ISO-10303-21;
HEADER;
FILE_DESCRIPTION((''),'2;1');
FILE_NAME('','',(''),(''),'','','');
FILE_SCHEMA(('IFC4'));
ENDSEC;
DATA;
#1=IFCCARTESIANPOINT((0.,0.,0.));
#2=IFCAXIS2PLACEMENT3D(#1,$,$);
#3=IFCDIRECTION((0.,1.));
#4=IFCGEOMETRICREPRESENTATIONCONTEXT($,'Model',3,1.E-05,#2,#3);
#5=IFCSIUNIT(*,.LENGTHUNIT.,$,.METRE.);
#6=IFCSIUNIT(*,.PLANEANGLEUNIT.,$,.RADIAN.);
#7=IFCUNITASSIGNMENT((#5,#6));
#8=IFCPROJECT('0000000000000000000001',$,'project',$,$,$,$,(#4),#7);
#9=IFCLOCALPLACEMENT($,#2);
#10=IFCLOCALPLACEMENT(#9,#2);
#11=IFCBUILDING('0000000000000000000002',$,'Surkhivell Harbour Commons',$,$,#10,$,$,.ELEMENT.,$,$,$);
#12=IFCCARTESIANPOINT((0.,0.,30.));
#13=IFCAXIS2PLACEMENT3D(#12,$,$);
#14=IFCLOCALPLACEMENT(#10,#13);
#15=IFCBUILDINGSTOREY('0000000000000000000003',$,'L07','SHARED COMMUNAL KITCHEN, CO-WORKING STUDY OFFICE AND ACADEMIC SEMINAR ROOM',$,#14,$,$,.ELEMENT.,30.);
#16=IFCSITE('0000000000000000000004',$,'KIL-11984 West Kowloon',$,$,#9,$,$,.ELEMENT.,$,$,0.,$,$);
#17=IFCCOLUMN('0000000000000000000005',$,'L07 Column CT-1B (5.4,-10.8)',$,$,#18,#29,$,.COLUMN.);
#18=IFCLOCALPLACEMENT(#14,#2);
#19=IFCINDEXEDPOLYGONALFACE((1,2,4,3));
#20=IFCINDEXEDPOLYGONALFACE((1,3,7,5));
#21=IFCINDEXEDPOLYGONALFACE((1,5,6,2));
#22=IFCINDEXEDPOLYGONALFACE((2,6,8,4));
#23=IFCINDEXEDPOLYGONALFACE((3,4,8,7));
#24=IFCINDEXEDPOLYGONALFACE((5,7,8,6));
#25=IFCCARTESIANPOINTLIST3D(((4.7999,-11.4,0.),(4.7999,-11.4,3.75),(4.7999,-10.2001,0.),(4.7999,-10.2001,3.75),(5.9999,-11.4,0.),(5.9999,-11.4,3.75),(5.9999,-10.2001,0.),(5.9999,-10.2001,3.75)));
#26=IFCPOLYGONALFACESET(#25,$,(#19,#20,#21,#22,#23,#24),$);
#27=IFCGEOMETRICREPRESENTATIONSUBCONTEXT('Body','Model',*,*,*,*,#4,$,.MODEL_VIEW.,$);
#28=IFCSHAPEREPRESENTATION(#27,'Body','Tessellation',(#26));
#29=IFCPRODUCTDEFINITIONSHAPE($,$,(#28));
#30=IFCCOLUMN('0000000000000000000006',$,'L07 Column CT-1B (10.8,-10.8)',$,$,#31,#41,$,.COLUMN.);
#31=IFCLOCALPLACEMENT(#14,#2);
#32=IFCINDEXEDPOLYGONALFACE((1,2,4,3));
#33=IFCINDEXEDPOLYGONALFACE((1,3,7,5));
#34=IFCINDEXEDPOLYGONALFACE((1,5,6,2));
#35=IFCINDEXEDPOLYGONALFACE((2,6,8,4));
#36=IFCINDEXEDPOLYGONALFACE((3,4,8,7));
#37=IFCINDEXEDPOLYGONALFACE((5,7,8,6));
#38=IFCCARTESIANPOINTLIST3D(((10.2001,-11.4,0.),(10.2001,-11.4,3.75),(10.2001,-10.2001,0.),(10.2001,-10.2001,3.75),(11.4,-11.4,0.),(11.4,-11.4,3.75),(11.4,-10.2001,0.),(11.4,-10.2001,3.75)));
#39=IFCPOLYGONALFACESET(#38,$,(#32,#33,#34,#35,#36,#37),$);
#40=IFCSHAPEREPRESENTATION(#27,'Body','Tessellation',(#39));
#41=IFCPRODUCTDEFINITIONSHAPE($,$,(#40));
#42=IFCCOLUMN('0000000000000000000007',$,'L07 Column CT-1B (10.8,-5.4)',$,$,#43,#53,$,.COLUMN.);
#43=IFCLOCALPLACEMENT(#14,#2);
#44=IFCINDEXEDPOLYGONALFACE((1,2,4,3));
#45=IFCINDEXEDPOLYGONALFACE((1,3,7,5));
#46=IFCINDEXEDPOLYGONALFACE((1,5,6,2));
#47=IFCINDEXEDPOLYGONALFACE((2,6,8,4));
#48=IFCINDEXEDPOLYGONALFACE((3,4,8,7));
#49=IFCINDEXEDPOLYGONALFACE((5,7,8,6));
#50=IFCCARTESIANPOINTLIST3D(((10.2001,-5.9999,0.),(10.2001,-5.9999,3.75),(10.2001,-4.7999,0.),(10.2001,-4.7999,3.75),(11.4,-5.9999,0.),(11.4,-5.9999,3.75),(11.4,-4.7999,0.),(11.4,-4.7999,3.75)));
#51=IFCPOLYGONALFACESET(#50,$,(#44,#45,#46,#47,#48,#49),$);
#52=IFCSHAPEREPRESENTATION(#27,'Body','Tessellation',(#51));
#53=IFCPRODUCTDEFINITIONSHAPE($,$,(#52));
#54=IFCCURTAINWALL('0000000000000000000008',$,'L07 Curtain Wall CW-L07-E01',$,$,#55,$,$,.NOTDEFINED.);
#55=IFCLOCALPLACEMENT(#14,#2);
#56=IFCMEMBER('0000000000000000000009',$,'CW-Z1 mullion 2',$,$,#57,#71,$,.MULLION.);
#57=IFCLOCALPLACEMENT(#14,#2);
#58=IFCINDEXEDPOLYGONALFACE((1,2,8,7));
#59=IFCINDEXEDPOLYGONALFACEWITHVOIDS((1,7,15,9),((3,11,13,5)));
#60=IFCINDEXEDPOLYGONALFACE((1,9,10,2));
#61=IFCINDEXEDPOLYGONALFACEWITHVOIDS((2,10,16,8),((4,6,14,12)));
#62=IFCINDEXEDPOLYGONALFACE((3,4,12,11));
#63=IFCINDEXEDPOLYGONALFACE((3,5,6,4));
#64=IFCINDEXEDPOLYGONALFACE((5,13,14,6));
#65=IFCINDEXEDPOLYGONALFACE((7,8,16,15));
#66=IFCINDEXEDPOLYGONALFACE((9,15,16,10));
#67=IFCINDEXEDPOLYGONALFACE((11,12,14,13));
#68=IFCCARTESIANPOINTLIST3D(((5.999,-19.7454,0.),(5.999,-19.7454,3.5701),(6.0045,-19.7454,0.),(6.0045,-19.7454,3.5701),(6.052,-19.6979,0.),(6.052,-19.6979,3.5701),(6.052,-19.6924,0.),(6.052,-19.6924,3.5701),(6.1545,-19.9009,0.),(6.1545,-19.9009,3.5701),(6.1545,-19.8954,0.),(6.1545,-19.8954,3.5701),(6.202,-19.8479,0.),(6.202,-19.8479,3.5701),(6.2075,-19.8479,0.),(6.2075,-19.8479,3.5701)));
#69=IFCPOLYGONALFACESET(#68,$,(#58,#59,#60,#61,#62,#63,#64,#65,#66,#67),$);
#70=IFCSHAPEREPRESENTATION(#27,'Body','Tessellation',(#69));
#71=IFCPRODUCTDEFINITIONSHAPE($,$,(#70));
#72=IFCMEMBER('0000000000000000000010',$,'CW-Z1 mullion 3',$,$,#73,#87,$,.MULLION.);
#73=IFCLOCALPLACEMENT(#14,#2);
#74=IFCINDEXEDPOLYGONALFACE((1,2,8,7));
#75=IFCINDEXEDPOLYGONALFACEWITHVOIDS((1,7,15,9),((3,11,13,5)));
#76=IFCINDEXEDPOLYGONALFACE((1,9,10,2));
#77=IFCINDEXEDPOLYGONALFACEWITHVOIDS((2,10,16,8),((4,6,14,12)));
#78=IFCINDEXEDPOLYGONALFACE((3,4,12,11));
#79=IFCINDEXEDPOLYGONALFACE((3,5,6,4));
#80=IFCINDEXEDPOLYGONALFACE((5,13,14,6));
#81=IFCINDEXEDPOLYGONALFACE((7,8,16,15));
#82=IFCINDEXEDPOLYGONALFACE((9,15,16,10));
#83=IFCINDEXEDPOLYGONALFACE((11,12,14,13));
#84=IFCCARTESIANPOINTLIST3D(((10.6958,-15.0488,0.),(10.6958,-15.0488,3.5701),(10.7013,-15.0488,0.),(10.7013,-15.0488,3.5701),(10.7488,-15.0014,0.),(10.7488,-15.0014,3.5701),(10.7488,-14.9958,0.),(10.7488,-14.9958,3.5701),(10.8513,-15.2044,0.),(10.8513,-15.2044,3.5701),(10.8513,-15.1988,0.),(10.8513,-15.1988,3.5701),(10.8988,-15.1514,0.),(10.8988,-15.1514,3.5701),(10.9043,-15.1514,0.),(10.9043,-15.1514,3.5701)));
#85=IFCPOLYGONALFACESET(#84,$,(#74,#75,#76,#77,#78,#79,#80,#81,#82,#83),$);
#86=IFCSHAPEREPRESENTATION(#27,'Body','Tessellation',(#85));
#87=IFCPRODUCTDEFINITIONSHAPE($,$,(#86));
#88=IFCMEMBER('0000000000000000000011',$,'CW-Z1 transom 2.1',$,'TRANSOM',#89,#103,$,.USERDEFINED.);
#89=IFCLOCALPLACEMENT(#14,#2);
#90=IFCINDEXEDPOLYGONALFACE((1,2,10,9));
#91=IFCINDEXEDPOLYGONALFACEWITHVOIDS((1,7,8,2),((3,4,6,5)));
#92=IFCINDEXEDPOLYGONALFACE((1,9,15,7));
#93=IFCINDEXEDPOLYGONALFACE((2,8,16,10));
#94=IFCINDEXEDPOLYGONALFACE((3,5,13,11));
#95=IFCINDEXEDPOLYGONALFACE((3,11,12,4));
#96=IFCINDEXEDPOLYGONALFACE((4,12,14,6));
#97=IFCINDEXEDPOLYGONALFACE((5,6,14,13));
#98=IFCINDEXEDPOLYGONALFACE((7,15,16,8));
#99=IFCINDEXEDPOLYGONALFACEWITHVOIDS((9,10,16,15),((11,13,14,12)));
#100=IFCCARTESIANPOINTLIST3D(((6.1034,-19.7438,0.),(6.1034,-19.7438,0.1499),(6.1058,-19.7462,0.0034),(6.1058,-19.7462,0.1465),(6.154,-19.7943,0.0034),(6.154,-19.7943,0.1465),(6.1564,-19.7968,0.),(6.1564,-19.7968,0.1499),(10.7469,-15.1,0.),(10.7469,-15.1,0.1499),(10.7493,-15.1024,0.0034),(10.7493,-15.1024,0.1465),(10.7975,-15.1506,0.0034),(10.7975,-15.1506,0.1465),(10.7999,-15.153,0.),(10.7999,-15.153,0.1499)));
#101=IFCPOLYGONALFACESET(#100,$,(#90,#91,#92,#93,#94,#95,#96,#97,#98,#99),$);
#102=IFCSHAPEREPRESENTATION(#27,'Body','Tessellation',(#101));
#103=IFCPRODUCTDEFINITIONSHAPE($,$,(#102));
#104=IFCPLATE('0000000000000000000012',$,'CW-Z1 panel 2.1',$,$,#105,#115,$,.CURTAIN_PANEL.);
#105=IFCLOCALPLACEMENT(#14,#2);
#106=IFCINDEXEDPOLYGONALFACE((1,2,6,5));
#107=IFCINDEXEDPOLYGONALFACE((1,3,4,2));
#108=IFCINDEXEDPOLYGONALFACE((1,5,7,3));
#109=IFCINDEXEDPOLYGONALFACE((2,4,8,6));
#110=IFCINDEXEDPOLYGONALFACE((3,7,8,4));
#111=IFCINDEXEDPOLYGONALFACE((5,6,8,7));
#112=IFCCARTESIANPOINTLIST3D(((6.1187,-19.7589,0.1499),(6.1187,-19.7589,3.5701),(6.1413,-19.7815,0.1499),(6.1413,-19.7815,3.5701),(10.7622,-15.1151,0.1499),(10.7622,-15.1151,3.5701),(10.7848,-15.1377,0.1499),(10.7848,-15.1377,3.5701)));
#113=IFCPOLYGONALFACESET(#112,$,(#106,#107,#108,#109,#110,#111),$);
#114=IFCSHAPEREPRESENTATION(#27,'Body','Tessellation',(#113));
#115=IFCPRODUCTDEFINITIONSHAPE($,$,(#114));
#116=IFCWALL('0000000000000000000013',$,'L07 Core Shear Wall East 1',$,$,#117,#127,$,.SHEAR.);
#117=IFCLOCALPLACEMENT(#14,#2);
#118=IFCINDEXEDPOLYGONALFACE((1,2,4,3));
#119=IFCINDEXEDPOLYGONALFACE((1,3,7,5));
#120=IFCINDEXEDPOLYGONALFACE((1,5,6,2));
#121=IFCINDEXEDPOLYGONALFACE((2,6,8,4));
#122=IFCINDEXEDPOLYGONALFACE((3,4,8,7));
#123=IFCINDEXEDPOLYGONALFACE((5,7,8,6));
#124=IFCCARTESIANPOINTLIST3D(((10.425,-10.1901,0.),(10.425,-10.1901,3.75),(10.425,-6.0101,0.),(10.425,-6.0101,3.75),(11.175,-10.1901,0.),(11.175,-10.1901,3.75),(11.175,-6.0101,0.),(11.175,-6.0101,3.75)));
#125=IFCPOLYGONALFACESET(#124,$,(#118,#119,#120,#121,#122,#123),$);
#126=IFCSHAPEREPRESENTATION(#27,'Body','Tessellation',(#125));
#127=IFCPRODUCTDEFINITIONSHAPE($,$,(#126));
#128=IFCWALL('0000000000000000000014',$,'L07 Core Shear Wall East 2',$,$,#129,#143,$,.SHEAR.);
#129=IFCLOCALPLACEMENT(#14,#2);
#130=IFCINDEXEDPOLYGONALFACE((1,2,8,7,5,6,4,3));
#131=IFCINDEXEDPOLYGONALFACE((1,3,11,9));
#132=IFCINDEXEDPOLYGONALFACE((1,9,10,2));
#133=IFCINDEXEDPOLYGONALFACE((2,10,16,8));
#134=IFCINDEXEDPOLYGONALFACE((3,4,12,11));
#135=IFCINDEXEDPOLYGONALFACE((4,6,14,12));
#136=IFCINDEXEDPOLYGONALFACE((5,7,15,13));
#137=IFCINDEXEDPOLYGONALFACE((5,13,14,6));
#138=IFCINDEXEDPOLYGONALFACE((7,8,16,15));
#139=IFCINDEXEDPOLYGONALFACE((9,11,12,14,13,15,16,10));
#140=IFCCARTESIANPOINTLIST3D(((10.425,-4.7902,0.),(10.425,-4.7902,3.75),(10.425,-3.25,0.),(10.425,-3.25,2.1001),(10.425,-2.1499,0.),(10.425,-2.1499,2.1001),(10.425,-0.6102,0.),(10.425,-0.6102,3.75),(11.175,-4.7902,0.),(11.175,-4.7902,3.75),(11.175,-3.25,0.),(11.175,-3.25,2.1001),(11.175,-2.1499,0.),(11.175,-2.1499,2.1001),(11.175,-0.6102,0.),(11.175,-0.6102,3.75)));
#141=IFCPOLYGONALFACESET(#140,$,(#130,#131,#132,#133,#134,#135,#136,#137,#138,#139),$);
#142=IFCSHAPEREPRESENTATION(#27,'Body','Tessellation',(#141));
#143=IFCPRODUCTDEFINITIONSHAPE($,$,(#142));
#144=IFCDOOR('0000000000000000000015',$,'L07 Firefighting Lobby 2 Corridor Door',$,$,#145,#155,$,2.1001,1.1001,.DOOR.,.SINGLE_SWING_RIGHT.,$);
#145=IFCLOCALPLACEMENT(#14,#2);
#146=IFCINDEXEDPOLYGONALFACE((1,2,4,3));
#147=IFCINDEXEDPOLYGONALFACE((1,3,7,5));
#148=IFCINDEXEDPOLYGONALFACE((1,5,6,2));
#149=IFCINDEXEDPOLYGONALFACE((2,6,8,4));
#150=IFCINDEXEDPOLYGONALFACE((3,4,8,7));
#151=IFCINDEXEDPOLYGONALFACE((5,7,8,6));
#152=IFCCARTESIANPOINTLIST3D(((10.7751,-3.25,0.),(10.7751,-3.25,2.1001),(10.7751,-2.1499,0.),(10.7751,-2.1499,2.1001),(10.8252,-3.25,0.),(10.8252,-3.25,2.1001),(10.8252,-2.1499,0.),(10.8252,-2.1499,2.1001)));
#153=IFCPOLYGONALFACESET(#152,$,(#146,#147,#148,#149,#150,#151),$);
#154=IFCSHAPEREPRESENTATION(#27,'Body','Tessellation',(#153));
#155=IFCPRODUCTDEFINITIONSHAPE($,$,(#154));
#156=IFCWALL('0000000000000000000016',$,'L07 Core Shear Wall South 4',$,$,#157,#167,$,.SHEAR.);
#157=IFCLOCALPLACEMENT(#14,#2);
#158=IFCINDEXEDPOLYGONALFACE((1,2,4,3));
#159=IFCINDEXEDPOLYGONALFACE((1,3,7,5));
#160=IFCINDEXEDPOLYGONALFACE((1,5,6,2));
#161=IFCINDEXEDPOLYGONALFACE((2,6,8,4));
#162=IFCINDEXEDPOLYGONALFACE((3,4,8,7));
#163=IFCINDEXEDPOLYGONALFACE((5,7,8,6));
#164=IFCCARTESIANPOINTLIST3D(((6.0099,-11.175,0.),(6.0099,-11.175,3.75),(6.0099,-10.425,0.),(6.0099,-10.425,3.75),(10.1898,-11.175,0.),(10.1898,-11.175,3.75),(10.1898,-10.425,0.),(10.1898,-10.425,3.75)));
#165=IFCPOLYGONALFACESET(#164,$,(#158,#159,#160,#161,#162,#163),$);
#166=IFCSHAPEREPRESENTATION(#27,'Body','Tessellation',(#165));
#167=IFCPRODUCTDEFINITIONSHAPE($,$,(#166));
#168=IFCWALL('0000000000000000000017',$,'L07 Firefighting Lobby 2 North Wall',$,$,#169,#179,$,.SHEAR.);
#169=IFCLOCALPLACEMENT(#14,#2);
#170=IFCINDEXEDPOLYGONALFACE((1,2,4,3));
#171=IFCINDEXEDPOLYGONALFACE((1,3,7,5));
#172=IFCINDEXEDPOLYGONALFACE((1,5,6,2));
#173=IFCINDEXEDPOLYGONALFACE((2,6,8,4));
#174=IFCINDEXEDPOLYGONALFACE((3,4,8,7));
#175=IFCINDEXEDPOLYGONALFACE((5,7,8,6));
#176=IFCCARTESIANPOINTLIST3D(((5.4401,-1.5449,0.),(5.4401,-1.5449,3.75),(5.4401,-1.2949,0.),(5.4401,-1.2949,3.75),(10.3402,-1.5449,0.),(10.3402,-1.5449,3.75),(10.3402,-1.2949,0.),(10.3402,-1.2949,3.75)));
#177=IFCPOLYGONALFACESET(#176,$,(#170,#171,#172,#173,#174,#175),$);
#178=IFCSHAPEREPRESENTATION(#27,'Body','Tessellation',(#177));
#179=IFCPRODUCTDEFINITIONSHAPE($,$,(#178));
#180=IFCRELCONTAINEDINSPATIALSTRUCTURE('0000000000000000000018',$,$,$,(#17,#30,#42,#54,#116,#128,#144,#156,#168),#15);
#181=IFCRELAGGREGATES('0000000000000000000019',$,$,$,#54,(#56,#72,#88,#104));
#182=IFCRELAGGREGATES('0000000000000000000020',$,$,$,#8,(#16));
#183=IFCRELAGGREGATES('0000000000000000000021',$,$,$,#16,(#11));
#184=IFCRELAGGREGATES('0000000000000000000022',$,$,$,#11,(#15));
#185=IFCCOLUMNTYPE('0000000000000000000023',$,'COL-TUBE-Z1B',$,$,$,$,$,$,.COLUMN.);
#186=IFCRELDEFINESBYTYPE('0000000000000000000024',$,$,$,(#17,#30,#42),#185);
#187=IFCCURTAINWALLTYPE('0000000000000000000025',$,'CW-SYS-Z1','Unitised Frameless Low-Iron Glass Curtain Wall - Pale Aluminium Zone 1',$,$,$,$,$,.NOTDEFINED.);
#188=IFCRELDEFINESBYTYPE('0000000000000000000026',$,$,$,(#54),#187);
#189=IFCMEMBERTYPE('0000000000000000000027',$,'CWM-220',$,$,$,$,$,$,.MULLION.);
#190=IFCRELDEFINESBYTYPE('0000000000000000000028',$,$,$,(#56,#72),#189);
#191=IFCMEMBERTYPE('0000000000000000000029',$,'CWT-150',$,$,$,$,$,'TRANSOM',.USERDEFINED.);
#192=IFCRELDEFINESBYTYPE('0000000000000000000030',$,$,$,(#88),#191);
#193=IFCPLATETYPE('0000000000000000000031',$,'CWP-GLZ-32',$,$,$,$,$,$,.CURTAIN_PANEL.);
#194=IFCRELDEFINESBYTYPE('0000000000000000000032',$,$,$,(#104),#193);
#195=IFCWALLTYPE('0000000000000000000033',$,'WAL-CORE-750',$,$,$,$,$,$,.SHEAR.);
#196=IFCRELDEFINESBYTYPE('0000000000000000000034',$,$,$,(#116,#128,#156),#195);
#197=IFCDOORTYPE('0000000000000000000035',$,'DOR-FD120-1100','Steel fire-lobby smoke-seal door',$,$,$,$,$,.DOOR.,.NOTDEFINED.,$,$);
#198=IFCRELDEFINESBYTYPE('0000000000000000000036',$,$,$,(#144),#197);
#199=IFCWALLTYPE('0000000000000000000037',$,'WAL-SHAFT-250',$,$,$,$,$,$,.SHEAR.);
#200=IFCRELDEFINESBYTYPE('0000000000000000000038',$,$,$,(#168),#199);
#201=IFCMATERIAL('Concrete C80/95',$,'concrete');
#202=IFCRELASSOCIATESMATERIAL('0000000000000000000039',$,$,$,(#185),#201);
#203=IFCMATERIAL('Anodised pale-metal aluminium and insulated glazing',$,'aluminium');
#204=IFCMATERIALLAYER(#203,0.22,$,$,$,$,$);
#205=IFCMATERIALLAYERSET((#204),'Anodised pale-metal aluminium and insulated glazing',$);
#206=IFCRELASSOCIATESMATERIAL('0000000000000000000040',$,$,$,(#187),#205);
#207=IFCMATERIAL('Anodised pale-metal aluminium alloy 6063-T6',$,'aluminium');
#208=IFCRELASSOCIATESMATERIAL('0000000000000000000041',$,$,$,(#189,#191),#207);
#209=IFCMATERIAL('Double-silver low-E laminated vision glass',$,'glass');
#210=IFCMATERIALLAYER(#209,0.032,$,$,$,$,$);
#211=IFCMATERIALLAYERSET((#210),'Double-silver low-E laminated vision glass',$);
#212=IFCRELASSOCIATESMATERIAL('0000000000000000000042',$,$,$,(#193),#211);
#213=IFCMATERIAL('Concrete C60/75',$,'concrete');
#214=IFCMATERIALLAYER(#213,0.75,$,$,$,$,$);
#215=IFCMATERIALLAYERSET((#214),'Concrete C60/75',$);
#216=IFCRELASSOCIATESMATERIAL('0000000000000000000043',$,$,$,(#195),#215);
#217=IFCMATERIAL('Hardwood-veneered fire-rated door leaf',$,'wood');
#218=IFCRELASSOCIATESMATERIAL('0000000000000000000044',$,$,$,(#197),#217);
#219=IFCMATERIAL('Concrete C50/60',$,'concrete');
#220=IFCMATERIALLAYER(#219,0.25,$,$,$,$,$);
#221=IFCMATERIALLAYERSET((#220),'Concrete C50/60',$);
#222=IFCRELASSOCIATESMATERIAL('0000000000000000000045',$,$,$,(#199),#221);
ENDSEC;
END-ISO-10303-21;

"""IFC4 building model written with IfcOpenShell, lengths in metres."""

from ifc_helpers import new_model, si_unit, direction, frame, frame_2d, origin, origin_2d, place, context, subcontext, project, spatial, rectangle, hollow_rectangle, extrude, material, layer, layer_set, material_profile, profile_set, type_object, element, fill, aggregate, save


model = new_model("IFC4")

# Units and contexts
model_context = context("Model", 3, precision=1e-05, world=origin(), true_north=direction((0.0, 1.0)))
body_context = subcontext(model_context, "Body", "Model", "MODEL_VIEW")
ifc_project = project(units=[si_unit("LENGTHUNIT", "METRE"), si_unit("PLANEANGLEUNIT", "RADIAN")], contexts=[model_context])

# Site, building, storey
site_placement = place(None, origin())
site = spatial("IfcSite", under=ifc_project, at=site_placement, Name="KIL-11984 West Kowloon", CompositionType="ELEMENT", RefElevation=0.0)
building_placement = place(site_placement, origin())
building = spatial("IfcBuilding", under=site, at=building_placement, Name="Surkhivell Harbour Commons", CompositionType="ELEMENT")
storey_placement = place(building_placement, frame((0.0, 0.0, 30.0)))
storey = spatial("IfcBuildingStorey", under=building, at=storey_placement, Name="L07", Description="SHARED COMMUNAL KITCHEN, CO-WORKING STUDY OFFICE AND ACADEMIC SEMINAR ROOM", CompositionType="ELEMENT", Elevation=30.0)

# Columns
ifc_material_1 = material(Name="Concrete C80/95", Category="concrete")
ifc_material_profile_1 = material_profile(ifc_material_1, rectangle(XDim=1.2, YDim=1.2, at=origin_2d()), Name="RC-COL-1200x1200")
ifc_profile_set_1 = profile_set([ifc_material_profile_1], Name="Concrete C80/95")
column_type = type_object("IfcColumnType", Name="COL-TUBE-Z1B", PredefinedType="COLUMN", material=ifc_profile_set_1)
for number, where, z_axis, x_axis, name in (
    (1, (5.3999, -10.8, 0.0), (0.0, 0.0, 1.0), (1.0, 0.0, 0.0), "L07 Column CT-1B (5.4,-10.8)"),
    (2, (10.8, -10.8, 0.0), (0.0, 0.0, 1.0), (1.0, 0.0, 0.0), "L07 Column CT-1B (10.8,-10.8)"),
    (3, (10.8, -5.3999, 0.0), (0.0, 0.0, 1.0), (1.0, 0.0, 0.0), "L07 Column CT-1B (10.8,-5.4)"),
):
    element("IfcColumn", number, at=place(storey_placement, frame(where, z_axis=z_axis, x_axis=x_axis)), inside=storey, type_object=column_type, Name=name, PredefinedType="COLUMN", context=body_context, shape_type="SweptSolid", body=[
        extrude(rectangle(XDim=1.2, YDim=1.2, at=origin_2d()), origin(), (0.0, 0.0, 1.0), 3.75),
    ])

# Curtain wall, members, plate
ifc_material_2 = material(Name="Anodised pale-metal aluminium and insulated glazing", Category="aluminium")
ifc_layer_1 = layer(ifc_material_2, 0.22)
ifc_layer_set_1 = layer_set([ifc_layer_1], Name="Anodised pale-metal aluminium and insulated glazing")
curtain_wall_type = type_object("IfcCurtainWallType", Name="CW-SYS-Z1", Description="Unitised Frameless Low-Iron Glass Curtain Wall - Pale Aluminium Zone 1", PredefinedType="NOTDEFINED", material=ifc_layer_set_1)
curtain_wall_placement = place(storey_placement, origin())
curtain_wall = element("IfcCurtainWall", 4, at=curtain_wall_placement, inside=storey, type_object=curtain_wall_type, Name="L07 Curtain Wall CW-L07-E01", PredefinedType="NOTDEFINED")
ifc_material_3 = material(Name="Anodised pale-metal aluminium alloy 6063-T6", Category="aluminium")
ifc_material_profile_2 = material_profile(ifc_material_3, hollow_rectangle(XDim=0.075, YDim=0.22, WallThickness=0.0039, at=origin_2d()), Name="ALU-MULL-75x220")
ifc_profile_set_2 = profile_set([ifc_material_profile_2], Name="Anodised pale-metal aluminium alloy 6063-T6")
member_type_1 = type_object("IfcMemberType", Name="CWM-220", PredefinedType="MULLION", material=ifc_profile_set_2)
member_1_placement = place(storey_placement, frame((6.1033, -19.7966, 0.0), z_axis=(0.0, 0.0, 1.0), x_axis=(0.707107, 0.707107, 0.0)))
member_1 = element("IfcMember", 5, at=member_1_placement, type_object=member_type_1, Name="CW-Z1 mullion 2", PredefinedType="MULLION", context=body_context, shape_type="SweptSolid", body=[
    extrude(hollow_rectangle(XDim=0.075, YDim=0.22, WallThickness=0.0039, at=origin_2d()), origin(), (0.0, 0.0, 1.0), 3.5701),
])
member_2_placement = place(storey_placement, frame((10.8, -15.1001, 0.0), z_axis=(0.0, 0.0, 1.0), x_axis=(0.707107, 0.707107, 0.0)))
member_2 = element("IfcMember", 6, at=member_2_placement, type_object=member_type_1, Name="CW-Z1 mullion 3", PredefinedType="MULLION", context=body_context, shape_type="SweptSolid", body=[
    extrude(hollow_rectangle(XDim=0.075, YDim=0.22, WallThickness=0.0039, at=origin_2d()), origin(), (0.0, 0.0, 1.0), 3.5701),
])
ifc_material_profile_3 = material_profile(ifc_material_3, hollow_rectangle(XDim=0.075, YDim=0.1499, WallThickness=0.0034, at=origin_2d()), Name="ALU-TRAN-75x150")
ifc_profile_set_3 = profile_set([ifc_material_profile_3], Name="Anodised pale-metal aluminium alloy 6063-T6")
member_type_2 = type_object("IfcMemberType", Name="CWT-150", ElementType="TRANSOM", PredefinedType="USERDEFINED", material=ifc_profile_set_3)
member_3_placement = place(storey_placement, frame((6.1299, -19.7703, 0.075), z_axis=(0.707088, 0.707125, 0.0), x_axis=(-0.707125, 0.707088, 0.0)))
member_3 = element("IfcMember", 7, at=member_3_placement, type_object=member_type_2, Name="CW-Z1 transom 2.1", ObjectType="TRANSOM", PredefinedType="USERDEFINED", context=body_context, shape_type="SweptSolid", body=[
    extrude(hollow_rectangle(XDim=0.075, YDim=0.1499, WallThickness=0.0034, at=origin_2d()), origin(), (0.0, 0.0, 1.0), 6.5671),
])
ifc_material_4 = material(Name="Double-silver low-E laminated vision glass", Category="glass")
ifc_layer_2 = layer(ifc_material_4, 0.032)
ifc_layer_set_2 = layer_set([ifc_layer_2], Name="Double-silver low-E laminated vision glass")
plate_type = type_object("IfcPlateType", Name="CWP-GLZ-32", PredefinedType="CURTAIN_PANEL", material=ifc_layer_set_2)
plate_placement = place(storey_placement, frame((6.1299, -19.7703, 0.1499), z_axis=(0.0, 0.0, 1.0), x_axis=(0.707088, 0.707125, 0.0)))
plate = element("IfcPlate", 8, at=plate_placement, type_object=plate_type, Name="CW-Z1 panel 2.1", PredefinedType="CURTAIN_PANEL", context=body_context, shape_type="SweptSolid", body=[
    extrude(rectangle(XDim=6.5671, YDim=0.032, at=frame_2d((3.2837, 0.0))), origin(), (0.0, 0.0, 1.0), 3.4202),
])
aggregate(curtain_wall, [member_1, member_2, member_3, plate])

# Wall
ifc_material_5 = material(Name="Concrete C60/75", Category="concrete")
ifc_layer_3 = layer(ifc_material_5, 0.75)
ifc_layer_set_3 = layer_set([ifc_layer_3], Name="Concrete C60/75")
wall_type_1 = type_object("IfcWallType", Name="WAL-CORE-750", PredefinedType="SHEAR", material=ifc_layer_set_3)
wall_1_placement = place(storey_placement, frame((10.8, -10.1899, 0.0), z_axis=(0.0, 0.0, 1.0), x_axis=(0.0, 1.0, 0.0)))
element("IfcWall", 9, at=wall_1_placement, inside=storey, type_object=wall_type_1, Name="L07 Core Shear Wall East 1", PredefinedType="SHEAR", context=body_context, shape_type="SweptSolid", body=[
    extrude(rectangle(XDim=4.1799, YDim=0.75, at=frame_2d((2.0898, 0.0))), origin(), (0.0, 0.0, 1.0), 3.75),
])

# Wall, opening, door
wall_2_placement = place(storey_placement, frame((10.8, -4.79, 0.0), z_axis=(0.0, 0.0, 1.0), x_axis=(0.0, 1.0, 0.0)))
wall_2 = element("IfcWall", 10, at=wall_2_placement, inside=storey, type_object=wall_type_1, Name="L07 Core Shear Wall East 2", PredefinedType="SHEAR", context=body_context, shape_type="SweptSolid", body=[
    extrude(rectangle(XDim=4.1799, YDim=0.75, at=frame_2d((2.0898, 0.0))), origin(), (0.0, 0.0, 1.0), 3.75),
])
opening_1_placement = place(wall_2_placement, frame((1.54, 0.0, 0.0)))
opening_1 = element("IfcOpeningElement", 11, at=opening_1_placement, cuts=wall_2, PredefinedType="OPENING", context=body_context, shape_type="SweptSolid", body=[
    extrude(rectangle(XDim=1.1001, YDim=2.1001, at=frame_2d((0.55, 1.05))), frame((0.0, 0.385, 0.0), z_axis=(0.0, -1.0, 0.0), x_axis=(1.0, 0.0, 0.0)), (0.0, 0.0, 1.0), 0.77),
])
ifc_material_6 = material(Name="Hardwood-veneered fire-rated door leaf", Category="wood")
door_type_1 = type_object("IfcDoorType", Name="DOR-FD120-1100", Description="Steel fire-lobby smoke-seal door", OperationType="NOTDEFINED", PredefinedType="DOOR", material=ifc_material_6)
door_1_placement = place(opening_1_placement, origin())
door_1 = element("IfcDoor", 12, at=door_1_placement, inside=storey, type_object=door_type_1, Name="L07 Firefighting Lobby 2 Corridor Door", OperationType="SINGLE_SWING_RIGHT", OverallHeight=2.1001, OverallWidth=1.1001, PredefinedType="DOOR", context=body_context, shape_type="SweptSolid", body=[
    extrude(rectangle(XDim=1.1001, YDim=2.1001, at=frame_2d((0.55, 1.05))), frame((0.0, 0.0249, 0.0), z_axis=(0.0, -1.0, 0.0), x_axis=(1.0, 0.0, 0.0)), (0.0, 0.0, 1.0), 0.05),
])
fill(opening_1, door_1)

# Walls
wall_3_placement = place(storey_placement, frame((6.01, -10.8, 0.0), z_axis=(0.0, 0.0, 1.0), x_axis=(1.0, 0.0, 0.0)))
element("IfcWall", 13, at=wall_3_placement, inside=storey, type_object=wall_type_1, Name="L07 Core Shear Wall South 4", PredefinedType="SHEAR", context=body_context, shape_type="SweptSolid", body=[
    extrude(rectangle(XDim=4.1799, YDim=0.75, at=frame_2d((2.0898, 0.0))), origin(), (0.0, 0.0, 1.0), 3.75),
])
ifc_material_7 = material(Name="Concrete C50/60", Category="concrete")
ifc_layer_4 = layer(ifc_material_7, 0.25)
ifc_layer_set_4 = layer_set([ifc_layer_4], Name="Concrete C50/60")
wall_type_2 = type_object("IfcWallType", Name="WAL-SHAFT-250", PredefinedType="SHEAR", material=ifc_layer_set_4)
wall_4_placement = place(storey_placement, frame((5.4399, -1.4199, 0.0), z_axis=(0.0, 0.0, 1.0), x_axis=(1.0, 0.0, 0.0)))
element("IfcWall", 14, at=wall_4_placement, inside=storey, type_object=wall_type_2, Name="L07 Firefighting Lobby 2 North Wall", PredefinedType="SHEAR", context=body_context, shape_type="SweptSolid", body=[
    extrude(rectangle(XDim=4.9001, YDim=0.25, at=frame_2d((2.4502, 0.0))), origin(), (0.0, 0.0, 1.0), 3.75),
])

save(model, "model.ifc")
